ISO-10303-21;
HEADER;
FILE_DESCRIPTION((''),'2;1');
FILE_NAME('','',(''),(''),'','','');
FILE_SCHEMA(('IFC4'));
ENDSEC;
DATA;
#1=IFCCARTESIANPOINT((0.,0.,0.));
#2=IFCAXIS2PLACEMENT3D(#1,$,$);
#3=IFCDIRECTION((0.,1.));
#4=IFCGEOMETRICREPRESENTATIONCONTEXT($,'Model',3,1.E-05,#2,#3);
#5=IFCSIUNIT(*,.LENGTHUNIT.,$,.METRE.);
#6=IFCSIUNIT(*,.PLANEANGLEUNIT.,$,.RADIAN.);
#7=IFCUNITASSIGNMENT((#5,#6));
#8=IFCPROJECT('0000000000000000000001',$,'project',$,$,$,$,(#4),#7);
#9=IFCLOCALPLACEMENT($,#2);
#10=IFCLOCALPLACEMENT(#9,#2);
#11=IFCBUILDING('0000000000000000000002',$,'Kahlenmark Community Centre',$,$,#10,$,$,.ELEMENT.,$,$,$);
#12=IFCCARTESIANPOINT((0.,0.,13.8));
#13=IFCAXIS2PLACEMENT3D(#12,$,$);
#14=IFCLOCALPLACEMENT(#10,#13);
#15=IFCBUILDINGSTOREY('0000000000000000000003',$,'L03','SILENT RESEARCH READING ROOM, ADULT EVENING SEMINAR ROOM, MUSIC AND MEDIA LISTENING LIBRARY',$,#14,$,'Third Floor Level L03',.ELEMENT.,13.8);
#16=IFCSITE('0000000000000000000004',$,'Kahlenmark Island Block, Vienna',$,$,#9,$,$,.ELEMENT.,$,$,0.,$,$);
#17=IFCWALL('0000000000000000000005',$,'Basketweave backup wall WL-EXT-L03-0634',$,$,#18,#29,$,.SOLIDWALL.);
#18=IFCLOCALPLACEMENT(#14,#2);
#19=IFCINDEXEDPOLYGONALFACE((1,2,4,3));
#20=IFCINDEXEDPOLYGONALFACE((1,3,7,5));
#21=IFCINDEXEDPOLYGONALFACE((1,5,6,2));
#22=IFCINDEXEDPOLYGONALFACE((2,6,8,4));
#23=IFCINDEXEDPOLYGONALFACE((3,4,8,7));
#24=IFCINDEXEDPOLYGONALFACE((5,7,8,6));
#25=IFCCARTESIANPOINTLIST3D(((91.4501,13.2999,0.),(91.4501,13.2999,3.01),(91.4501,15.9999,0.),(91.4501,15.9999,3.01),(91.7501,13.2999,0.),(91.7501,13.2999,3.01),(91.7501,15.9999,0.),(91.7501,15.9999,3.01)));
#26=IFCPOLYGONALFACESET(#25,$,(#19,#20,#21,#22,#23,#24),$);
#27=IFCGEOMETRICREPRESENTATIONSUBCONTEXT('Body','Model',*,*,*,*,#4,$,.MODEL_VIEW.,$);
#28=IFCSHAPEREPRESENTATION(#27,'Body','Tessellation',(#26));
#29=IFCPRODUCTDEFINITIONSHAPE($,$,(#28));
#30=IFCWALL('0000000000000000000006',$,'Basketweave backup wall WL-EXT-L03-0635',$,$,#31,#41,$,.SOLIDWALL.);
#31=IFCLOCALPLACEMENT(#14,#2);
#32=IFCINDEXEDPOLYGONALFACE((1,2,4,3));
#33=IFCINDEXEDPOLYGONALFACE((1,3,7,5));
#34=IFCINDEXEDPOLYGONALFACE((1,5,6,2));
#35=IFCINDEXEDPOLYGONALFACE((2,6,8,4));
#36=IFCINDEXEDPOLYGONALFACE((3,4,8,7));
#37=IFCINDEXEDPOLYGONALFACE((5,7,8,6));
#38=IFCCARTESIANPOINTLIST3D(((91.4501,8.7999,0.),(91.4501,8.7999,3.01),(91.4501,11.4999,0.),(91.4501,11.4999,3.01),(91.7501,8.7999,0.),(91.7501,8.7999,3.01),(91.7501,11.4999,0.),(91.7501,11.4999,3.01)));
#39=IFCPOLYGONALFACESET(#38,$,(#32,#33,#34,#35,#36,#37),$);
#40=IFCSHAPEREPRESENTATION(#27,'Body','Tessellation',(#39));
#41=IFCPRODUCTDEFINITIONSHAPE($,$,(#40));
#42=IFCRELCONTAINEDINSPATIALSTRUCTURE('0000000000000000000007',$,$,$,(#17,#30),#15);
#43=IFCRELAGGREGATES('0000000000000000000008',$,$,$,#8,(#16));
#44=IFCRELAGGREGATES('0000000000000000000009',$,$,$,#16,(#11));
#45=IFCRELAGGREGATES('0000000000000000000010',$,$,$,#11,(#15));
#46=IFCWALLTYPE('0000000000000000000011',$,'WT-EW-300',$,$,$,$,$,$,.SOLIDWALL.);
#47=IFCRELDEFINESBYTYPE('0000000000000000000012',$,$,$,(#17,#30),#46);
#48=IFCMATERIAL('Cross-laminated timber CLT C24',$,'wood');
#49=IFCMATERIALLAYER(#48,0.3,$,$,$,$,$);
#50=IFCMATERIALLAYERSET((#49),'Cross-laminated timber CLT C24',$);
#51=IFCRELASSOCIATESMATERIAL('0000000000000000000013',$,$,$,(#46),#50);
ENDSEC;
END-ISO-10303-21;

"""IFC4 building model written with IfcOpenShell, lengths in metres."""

from ifc_helpers import new_model, si_unit, direction, frame, frame_2d, origin, place, context, subcontext, project, spatial, rectangle, extrude, material, layer, layer_set, type_object, element, save


model = new_model("IFC4")

# Units and contexts
model_context = context("Model", 3, precision=1e-05, world=origin(), true_north=direction((0.0, 1.0)))
body_context = subcontext(model_context, "Body", "Model", "MODEL_VIEW")
ifc_project = project(units=[si_unit("LENGTHUNIT", "METRE"), si_unit("PLANEANGLEUNIT", "RADIAN")], contexts=[model_context])

# Site, building, storey
site_placement = place(None, origin())
site = spatial("IfcSite", under=ifc_project, at=site_placement, Name="Kahlenmark Island Block, Vienna", CompositionType="ELEMENT", RefElevation=0.0)
building_placement = place(site_placement, origin())
building = spatial("IfcBuilding", under=site, at=building_placement, Name="Kahlenmark Community Centre", CompositionType="ELEMENT")
storey_placement = place(building_placement, frame((0.0, 0.0, 13.8)))
storey = spatial("IfcBuildingStorey", under=building, at=storey_placement, Name="L03", Description="SILENT RESEARCH READING ROOM, ADULT EVENING SEMINAR ROOM, MUSIC AND MEDIA LISTENING LIBRARY", LongName="Third Floor Level L03", CompositionType="ELEMENT", Elevation=13.8)

# Walls
ifc_material_1 = material(Name="Cross-laminated timber CLT C24", Category="wood")
ifc_layer_1 = layer(ifc_material_1, 0.3)
ifc_layer_set_1 = layer_set([ifc_layer_1], Name="Cross-laminated timber CLT C24")
wall_type_1 = type_object("IfcWallType", Name="WT-EW-300", PredefinedType="SOLIDWALL", material=ifc_layer_set_1)
for number, where, z_axis, x_axis, name in (
    (1, (91.6001, 16.0, 0.0), (0.0, 0.0, 1.0), (0.0, -1.0, 0.0), "Basketweave backup wall WL-EXT-L03-0634"),
    (2, (91.6001, 11.5, 0.0), (0.0, 0.0, 1.0), (0.0, -1.0, 0.0), "Basketweave backup wall WL-EXT-L03-0635"),
):
    element("IfcWall", number, at=place(storey_placement, frame(where, z_axis=z_axis, x_axis=x_axis)), inside=storey, type_object=wall_type_1, Name=name, PredefinedType="SOLIDWALL", context=body_context, shape_type="SweptSolid", body=[
        extrude(rectangle(XDim=2.7, YDim=0.3, at=frame_2d((1.3501, 0.0))), origin(), (0.0, 0.0, 1.0), 3.01),
    ])

save(model, "model.ifc")
